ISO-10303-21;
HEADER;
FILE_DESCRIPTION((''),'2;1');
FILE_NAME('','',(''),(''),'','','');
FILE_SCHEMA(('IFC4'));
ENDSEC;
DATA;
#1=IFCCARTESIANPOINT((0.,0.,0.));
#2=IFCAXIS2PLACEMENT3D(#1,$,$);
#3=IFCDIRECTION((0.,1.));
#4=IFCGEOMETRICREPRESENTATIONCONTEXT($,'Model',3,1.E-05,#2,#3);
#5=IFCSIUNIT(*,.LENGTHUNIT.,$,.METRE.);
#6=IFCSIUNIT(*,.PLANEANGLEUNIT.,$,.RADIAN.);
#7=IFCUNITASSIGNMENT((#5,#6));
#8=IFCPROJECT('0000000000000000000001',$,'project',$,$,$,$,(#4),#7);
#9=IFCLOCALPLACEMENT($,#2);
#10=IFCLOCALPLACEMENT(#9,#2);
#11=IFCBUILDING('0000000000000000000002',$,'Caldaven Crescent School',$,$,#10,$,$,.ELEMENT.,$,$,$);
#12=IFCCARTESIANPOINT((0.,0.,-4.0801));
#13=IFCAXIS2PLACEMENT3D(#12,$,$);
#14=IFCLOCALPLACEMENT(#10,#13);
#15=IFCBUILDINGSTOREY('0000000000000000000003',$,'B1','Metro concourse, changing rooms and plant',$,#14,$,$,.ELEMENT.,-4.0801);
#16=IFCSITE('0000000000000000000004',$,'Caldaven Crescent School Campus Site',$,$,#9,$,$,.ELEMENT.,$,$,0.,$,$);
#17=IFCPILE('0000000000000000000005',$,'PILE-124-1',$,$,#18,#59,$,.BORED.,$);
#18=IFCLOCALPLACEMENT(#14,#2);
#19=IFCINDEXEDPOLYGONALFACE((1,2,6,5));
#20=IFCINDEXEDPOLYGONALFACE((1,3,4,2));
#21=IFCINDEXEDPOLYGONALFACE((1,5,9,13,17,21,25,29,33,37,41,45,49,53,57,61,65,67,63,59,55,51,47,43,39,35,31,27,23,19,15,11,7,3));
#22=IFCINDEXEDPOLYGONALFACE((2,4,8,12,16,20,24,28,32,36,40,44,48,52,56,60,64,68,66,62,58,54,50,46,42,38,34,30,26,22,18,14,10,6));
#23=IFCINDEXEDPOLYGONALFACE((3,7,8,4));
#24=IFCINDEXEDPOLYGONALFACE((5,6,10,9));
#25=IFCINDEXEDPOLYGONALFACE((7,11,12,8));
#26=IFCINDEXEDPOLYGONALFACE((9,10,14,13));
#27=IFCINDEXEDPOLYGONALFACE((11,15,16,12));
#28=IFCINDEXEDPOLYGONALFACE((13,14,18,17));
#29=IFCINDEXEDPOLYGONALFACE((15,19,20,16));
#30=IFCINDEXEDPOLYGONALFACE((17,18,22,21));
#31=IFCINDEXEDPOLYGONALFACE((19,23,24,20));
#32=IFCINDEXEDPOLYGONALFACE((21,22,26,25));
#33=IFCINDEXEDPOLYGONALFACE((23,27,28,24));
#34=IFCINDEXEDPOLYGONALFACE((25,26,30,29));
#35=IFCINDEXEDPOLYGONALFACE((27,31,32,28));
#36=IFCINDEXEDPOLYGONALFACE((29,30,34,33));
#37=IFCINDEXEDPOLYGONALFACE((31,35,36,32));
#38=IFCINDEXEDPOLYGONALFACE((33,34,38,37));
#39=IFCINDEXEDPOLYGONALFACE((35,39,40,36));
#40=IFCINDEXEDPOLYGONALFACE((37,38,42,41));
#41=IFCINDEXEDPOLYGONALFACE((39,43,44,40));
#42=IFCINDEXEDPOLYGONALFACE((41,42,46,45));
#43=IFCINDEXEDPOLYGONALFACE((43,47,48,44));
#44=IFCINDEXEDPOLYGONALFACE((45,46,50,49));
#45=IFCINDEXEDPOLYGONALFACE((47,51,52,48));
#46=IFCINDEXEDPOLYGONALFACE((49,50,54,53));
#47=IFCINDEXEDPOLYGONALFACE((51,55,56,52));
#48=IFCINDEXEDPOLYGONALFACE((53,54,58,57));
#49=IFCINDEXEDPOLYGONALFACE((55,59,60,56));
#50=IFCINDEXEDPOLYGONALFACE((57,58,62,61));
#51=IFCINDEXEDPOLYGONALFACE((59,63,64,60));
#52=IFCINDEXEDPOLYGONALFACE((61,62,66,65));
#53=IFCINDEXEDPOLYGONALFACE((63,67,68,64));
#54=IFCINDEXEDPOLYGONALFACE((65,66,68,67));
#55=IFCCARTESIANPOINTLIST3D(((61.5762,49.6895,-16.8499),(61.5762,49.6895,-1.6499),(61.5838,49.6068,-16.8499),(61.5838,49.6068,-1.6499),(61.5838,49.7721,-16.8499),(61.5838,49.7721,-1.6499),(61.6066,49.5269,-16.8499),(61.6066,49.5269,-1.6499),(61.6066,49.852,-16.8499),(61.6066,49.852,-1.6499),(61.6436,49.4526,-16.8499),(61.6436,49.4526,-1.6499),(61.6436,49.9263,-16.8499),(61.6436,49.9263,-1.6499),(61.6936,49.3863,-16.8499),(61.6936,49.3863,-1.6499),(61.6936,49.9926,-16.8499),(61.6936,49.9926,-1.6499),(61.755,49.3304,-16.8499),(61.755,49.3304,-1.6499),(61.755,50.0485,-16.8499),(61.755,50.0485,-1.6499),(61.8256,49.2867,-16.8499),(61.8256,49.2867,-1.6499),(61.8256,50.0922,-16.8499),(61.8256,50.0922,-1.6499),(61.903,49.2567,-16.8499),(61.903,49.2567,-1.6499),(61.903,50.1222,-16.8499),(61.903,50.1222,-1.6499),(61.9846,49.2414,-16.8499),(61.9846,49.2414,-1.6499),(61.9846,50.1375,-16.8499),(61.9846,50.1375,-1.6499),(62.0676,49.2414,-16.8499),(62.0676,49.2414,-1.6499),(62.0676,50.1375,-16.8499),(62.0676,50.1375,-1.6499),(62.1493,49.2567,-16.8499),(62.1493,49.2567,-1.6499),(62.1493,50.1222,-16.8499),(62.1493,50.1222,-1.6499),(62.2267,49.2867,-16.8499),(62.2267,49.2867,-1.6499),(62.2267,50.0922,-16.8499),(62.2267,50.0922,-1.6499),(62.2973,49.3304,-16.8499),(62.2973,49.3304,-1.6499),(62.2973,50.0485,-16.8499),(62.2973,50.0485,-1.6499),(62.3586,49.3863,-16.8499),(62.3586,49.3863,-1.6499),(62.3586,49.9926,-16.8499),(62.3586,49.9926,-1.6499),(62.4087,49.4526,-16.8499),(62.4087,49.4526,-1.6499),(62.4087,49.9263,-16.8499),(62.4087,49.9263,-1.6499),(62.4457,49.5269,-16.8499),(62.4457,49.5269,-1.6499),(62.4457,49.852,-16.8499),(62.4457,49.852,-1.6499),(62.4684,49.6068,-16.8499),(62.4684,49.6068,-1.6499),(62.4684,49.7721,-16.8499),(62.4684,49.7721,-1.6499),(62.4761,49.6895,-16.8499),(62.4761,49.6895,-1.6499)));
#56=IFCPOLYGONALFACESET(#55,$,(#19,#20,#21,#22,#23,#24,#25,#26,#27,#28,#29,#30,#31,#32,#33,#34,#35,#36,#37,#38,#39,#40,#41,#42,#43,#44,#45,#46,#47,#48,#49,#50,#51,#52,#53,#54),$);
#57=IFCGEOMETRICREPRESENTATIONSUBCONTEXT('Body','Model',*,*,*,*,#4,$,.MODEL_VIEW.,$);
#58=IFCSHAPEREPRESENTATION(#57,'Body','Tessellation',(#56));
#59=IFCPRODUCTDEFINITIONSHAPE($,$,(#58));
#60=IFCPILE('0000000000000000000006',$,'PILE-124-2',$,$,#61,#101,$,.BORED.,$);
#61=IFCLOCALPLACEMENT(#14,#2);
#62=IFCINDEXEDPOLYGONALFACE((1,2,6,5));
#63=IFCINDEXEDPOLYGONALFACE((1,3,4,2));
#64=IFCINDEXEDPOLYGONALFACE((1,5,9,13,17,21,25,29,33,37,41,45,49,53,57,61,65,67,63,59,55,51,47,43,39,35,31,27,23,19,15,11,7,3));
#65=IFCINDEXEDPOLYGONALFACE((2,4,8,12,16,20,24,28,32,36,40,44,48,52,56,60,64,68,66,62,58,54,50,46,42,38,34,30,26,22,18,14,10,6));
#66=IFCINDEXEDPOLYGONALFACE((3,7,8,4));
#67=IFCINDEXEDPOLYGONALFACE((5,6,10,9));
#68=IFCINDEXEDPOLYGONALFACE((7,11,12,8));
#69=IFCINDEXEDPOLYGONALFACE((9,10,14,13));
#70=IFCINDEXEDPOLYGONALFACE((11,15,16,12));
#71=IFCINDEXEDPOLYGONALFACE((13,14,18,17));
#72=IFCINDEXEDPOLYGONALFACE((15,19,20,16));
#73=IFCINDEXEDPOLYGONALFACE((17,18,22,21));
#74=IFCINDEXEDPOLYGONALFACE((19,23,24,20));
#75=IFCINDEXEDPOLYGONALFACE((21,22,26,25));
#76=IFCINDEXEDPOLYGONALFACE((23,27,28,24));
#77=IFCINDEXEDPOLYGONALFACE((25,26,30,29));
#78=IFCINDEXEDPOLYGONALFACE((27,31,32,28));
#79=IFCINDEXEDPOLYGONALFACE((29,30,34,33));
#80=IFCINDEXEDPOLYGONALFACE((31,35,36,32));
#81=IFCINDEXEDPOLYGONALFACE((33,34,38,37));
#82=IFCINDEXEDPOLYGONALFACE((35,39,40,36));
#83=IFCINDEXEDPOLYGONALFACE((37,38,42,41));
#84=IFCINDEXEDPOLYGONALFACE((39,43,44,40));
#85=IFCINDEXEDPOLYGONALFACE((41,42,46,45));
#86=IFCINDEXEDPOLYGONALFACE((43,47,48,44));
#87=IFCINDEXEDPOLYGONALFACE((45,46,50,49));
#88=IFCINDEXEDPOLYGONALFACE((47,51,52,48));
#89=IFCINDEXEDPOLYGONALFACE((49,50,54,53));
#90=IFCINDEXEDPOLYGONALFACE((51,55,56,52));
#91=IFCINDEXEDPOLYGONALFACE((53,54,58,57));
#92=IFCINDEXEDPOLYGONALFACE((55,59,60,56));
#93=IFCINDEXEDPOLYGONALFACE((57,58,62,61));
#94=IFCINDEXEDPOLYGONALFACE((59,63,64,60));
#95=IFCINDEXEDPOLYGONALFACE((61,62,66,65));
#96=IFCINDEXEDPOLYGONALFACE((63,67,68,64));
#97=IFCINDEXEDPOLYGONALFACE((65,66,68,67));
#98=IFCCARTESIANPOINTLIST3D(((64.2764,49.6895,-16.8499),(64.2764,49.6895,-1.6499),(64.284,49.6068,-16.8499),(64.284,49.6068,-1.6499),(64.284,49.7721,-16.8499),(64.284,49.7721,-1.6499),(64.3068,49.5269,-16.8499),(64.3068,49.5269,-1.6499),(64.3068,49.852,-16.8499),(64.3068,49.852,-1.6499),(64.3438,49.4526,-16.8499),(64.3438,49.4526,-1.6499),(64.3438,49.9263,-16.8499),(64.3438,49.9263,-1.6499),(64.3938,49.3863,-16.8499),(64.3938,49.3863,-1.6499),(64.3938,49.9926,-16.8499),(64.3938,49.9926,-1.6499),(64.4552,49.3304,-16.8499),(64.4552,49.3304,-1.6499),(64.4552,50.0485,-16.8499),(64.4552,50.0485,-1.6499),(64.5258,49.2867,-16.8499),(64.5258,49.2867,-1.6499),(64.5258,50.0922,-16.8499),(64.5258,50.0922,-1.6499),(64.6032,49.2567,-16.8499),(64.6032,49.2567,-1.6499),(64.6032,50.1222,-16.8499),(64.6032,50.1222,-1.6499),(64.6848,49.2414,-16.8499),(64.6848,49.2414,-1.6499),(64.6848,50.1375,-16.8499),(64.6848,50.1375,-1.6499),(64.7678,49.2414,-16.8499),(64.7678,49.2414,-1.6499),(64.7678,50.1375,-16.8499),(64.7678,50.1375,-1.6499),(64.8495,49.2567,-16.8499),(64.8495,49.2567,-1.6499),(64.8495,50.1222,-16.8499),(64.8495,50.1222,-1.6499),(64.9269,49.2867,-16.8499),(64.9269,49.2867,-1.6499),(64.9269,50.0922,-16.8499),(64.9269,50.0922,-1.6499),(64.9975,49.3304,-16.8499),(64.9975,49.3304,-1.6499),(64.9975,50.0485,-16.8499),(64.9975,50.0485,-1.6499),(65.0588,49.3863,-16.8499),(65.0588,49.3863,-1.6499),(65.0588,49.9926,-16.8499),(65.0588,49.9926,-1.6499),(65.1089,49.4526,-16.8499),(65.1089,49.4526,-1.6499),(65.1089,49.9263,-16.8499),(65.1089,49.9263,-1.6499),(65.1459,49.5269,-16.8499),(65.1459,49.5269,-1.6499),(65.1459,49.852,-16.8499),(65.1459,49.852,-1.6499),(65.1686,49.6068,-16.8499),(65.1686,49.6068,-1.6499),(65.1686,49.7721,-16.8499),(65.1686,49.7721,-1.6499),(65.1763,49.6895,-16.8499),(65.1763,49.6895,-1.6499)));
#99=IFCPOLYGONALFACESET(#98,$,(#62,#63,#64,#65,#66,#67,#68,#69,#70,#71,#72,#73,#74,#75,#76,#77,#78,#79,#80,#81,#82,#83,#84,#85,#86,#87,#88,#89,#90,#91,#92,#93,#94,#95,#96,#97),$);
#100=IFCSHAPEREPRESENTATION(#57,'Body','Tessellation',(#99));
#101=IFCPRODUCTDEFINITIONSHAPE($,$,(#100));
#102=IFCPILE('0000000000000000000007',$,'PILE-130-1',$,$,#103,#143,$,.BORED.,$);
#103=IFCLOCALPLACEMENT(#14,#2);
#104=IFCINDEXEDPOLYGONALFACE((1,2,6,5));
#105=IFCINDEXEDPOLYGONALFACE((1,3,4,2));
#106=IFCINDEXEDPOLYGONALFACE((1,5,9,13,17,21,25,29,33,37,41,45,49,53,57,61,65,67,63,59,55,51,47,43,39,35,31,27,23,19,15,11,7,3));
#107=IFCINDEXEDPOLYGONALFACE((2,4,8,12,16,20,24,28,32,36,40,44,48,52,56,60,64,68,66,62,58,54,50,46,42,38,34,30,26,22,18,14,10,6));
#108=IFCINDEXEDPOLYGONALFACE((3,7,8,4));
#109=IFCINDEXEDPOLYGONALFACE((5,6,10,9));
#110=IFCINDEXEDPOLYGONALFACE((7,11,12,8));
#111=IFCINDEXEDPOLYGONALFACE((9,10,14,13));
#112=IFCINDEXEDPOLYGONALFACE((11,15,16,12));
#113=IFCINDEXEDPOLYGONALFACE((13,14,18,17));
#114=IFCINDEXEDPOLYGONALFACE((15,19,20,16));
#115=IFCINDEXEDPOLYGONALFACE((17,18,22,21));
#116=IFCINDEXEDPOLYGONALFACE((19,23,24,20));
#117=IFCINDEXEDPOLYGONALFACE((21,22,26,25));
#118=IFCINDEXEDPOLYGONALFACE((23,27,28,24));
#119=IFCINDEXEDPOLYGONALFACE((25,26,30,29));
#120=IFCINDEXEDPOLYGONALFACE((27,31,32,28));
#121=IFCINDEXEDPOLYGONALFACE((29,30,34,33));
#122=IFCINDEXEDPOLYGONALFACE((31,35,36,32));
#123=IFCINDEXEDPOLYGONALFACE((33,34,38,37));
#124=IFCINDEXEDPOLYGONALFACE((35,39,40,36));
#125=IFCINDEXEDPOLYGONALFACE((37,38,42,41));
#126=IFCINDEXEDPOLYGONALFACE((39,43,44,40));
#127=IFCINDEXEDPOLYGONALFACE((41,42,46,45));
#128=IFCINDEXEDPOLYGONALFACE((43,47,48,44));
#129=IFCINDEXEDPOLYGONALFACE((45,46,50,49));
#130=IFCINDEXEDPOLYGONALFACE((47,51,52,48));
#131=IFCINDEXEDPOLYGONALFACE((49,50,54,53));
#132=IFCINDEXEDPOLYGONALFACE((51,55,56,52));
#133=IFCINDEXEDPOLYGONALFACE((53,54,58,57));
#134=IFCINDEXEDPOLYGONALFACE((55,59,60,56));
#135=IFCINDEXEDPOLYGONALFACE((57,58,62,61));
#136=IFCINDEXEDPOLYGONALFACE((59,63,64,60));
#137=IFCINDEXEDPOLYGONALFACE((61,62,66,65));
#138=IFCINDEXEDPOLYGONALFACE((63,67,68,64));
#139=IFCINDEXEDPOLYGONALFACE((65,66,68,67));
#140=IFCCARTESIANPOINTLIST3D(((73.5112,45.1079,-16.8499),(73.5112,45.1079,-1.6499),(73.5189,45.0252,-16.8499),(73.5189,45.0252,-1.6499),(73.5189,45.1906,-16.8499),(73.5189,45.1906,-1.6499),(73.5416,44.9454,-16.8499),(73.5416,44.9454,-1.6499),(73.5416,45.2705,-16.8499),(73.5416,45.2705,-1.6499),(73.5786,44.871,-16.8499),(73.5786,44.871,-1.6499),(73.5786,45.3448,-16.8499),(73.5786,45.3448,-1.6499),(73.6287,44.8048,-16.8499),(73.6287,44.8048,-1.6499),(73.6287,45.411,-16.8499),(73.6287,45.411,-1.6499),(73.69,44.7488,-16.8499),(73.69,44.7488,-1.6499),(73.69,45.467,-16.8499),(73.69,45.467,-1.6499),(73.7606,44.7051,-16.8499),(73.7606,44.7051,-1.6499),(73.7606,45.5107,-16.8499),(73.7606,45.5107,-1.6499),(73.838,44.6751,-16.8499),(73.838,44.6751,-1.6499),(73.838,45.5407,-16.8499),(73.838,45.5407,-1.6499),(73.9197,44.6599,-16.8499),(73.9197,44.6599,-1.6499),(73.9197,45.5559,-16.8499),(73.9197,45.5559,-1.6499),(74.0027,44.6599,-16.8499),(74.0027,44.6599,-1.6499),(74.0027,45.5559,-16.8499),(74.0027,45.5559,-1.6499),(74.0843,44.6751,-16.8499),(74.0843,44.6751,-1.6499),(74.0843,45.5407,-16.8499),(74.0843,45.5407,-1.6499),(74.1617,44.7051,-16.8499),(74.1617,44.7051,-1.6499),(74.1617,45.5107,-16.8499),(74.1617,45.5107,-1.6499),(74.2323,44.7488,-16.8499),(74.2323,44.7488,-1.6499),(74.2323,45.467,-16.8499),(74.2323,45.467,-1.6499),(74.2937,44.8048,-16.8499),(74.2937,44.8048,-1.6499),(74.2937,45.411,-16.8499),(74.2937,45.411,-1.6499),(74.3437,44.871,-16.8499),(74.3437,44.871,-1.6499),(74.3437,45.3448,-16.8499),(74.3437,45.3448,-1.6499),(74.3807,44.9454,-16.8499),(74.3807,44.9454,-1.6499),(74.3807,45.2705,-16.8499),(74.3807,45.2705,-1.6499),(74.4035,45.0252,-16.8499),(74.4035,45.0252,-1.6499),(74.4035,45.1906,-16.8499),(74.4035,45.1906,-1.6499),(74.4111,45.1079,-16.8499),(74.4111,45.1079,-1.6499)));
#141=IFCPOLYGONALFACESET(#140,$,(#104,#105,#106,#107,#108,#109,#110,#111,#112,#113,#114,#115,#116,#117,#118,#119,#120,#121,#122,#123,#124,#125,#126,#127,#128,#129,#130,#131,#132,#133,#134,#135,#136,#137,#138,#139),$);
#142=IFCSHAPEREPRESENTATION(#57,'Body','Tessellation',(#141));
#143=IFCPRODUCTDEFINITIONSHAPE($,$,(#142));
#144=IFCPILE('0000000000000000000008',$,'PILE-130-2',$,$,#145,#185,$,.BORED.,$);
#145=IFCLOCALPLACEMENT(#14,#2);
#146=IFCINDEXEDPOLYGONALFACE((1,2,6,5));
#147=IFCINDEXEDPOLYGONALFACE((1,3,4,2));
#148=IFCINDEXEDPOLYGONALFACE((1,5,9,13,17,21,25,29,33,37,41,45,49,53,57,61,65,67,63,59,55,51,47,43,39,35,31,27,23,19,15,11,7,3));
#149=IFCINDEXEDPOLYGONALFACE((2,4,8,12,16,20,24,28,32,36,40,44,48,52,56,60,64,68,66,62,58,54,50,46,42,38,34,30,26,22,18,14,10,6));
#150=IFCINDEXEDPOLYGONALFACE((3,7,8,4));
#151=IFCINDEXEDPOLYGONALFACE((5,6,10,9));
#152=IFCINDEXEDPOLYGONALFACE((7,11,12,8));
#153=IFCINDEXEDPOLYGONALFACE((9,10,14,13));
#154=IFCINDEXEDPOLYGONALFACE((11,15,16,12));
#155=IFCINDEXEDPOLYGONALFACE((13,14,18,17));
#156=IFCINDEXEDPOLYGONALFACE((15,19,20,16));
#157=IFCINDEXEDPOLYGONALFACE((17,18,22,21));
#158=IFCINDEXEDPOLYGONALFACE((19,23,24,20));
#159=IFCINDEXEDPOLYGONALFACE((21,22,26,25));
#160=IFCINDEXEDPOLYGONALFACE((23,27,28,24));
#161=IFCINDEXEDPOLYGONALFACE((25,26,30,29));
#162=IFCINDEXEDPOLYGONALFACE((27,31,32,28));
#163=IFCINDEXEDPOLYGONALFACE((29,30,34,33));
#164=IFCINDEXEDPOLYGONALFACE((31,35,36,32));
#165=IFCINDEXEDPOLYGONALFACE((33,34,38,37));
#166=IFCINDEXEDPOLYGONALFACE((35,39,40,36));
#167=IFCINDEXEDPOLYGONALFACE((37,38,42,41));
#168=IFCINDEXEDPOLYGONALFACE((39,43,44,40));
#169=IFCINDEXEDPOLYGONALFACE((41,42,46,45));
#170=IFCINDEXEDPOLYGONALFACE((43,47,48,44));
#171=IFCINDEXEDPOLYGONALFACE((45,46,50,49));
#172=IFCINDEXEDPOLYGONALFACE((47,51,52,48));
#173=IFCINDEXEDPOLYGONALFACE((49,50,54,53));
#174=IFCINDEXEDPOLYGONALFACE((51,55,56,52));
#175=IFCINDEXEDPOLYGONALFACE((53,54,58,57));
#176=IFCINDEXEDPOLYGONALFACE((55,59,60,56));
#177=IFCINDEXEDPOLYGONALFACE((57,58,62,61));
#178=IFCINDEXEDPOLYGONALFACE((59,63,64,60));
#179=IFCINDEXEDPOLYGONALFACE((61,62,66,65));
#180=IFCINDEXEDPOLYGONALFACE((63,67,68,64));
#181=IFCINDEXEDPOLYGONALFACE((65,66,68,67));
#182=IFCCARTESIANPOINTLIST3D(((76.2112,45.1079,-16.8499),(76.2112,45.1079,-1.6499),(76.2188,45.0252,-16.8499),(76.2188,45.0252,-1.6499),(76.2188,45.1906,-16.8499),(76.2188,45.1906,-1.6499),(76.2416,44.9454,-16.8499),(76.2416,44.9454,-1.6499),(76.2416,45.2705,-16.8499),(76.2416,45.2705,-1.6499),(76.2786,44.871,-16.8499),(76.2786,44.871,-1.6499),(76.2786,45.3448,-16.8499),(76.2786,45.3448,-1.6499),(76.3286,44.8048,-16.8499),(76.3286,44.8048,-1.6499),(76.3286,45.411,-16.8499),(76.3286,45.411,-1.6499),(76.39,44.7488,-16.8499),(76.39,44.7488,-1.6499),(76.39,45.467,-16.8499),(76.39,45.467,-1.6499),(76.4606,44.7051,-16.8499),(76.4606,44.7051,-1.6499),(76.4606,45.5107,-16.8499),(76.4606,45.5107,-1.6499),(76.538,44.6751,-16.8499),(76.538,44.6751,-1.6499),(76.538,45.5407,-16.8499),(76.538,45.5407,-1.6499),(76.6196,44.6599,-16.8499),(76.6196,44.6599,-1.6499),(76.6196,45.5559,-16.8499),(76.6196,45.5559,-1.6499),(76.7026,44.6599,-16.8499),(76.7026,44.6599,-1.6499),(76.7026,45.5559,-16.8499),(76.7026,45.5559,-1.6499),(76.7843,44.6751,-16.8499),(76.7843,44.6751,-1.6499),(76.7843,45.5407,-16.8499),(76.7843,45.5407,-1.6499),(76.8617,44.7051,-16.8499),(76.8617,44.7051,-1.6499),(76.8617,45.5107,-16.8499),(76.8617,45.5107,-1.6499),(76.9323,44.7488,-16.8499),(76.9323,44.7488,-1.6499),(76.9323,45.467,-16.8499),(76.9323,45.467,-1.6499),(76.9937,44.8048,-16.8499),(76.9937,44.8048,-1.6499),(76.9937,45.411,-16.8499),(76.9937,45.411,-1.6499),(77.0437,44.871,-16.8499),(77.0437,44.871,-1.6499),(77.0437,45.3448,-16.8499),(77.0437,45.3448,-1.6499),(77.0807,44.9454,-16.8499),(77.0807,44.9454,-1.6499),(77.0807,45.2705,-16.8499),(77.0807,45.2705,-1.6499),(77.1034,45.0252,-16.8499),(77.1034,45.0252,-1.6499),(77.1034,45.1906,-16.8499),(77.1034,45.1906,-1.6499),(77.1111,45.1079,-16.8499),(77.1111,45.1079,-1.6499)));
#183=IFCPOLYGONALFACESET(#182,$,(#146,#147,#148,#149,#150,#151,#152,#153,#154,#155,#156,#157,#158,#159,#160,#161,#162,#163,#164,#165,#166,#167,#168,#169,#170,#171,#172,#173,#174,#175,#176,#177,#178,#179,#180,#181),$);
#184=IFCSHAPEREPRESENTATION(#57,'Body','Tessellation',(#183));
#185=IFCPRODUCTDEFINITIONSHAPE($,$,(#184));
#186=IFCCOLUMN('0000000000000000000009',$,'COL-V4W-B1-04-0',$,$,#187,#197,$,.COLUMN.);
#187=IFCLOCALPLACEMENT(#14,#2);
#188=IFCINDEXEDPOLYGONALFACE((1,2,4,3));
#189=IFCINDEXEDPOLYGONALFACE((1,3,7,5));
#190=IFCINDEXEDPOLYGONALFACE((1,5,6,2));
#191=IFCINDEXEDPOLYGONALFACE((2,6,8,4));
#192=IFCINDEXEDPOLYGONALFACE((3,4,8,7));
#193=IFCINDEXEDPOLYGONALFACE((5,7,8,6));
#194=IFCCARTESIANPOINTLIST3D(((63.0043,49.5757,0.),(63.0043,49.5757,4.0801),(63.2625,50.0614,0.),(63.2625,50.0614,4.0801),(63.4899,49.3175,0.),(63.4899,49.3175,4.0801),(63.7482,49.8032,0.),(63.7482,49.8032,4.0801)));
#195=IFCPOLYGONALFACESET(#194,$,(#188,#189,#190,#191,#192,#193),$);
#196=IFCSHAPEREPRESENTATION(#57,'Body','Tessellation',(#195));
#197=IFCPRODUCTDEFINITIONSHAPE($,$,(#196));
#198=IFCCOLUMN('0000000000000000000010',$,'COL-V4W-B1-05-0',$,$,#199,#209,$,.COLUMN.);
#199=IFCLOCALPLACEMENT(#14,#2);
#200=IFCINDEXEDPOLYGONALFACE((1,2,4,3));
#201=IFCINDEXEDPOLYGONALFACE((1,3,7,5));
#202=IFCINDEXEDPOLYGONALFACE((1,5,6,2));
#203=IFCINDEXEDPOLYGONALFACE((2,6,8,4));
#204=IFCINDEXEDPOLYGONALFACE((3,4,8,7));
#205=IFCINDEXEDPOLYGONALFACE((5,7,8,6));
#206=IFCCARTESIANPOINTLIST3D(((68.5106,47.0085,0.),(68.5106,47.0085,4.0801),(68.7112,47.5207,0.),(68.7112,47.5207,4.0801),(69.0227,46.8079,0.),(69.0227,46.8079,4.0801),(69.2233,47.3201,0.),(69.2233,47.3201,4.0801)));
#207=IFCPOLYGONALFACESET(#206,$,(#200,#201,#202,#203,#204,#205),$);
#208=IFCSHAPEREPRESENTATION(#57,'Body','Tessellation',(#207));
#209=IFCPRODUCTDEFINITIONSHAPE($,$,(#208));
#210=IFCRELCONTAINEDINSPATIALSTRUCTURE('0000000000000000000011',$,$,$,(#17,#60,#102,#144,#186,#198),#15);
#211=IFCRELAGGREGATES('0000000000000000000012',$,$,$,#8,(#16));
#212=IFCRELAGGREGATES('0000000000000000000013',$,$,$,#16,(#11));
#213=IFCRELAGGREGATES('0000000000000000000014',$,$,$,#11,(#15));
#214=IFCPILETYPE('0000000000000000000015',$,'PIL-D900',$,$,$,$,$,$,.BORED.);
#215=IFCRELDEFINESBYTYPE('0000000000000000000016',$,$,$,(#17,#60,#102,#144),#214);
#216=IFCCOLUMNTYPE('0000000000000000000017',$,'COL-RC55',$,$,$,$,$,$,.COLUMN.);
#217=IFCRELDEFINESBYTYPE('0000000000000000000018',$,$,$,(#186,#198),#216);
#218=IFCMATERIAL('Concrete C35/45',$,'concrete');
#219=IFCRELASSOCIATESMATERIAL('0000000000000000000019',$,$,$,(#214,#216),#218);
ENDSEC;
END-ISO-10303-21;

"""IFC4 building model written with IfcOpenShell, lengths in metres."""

from ifc_helpers import new_model, si_unit, direction, frame, origin, origin_2d, place, context, subcontext, project, spatial, rectangle, circle, extrude, material, material_profile, profile_set, type_object, element, save


model = new_model("IFC4")

# Units and contexts
model_context = context("Model", 3, precision=1e-05, world=origin(), true_north=direction((0.0, 1.0)))
body_context = subcontext(model_context, "Body", "Model", "MODEL_VIEW")
ifc_project = project(units=[si_unit("LENGTHUNIT", "METRE"), si_unit("PLANEANGLEUNIT", "RADIAN")], contexts=[model_context])

# Site, building, storey
site_placement = place(None, origin())
site = spatial("IfcSite", under=ifc_project, at=site_placement, Name="Caldaven Crescent School Campus Site", CompositionType="ELEMENT", RefElevation=0.0)
building_placement = place(site_placement, origin())
building = spatial("IfcBuilding", under=site, at=building_placement, Name="Caldaven Crescent School", CompositionType="ELEMENT")
storey_placement = place(building_placement, frame((0.0, 0.0, -4.0801)))
storey = spatial("IfcBuildingStorey", under=building, at=storey_placement, Name="B1", Description="Metro concourse, changing rooms and plant", CompositionType="ELEMENT", Elevation=-4.0801)

# Shared definitions
ifc_material_1 = material(Name="Concrete C35/45", Category="concrete")

# Piles
ifc_material_profile_1 = material_profile(ifc_material_1, circle(Radius=0.45, at=origin_2d()), Name="PILE D900")
ifc_profile_set_1 = profile_set([ifc_material_profile_1], Name="Concrete C35/45")
pile_type_1 = type_object("IfcPileType", Name="PIL-D900", PredefinedType="BORED", material=ifc_profile_set_1)
for number, where, z_axis, x_axis, name in (
    (1, (62.0261, 49.6895, -1.6499), (0.0, 0.0, -1.0), (1.0, 0.0, 0.0), "PILE-124-1"),
    (2, (64.7263, 49.6895, -1.6499), (0.0, 0.0, -1.0), (1.0, 0.0, 0.0), "PILE-124-2"),
    (3, (73.9612, 45.1079, -1.6499), (0.0, 0.0, -1.0), (1.0, 0.0, 0.0), "PILE-130-1"),
    (4, (76.6611, 45.1079, -1.6499), (0.0, 0.0, -1.0), (1.0, 0.0, 0.0), "PILE-130-2"),
):
    element("IfcPile", number, at=place(storey_placement, frame(where, z_axis=z_axis, x_axis=x_axis)), inside=storey, type_object=pile_type_1, Name=name, PredefinedType="BORED", context=body_context, shape_type="SweptSolid", body=[
        extrude(circle(Radius=0.45, at=origin_2d()), origin(), (0.0, 0.0, 1.0), 15.2),
    ])

# Columns
ifc_material_profile_2 = material_profile(ifc_material_1, rectangle(XDim=0.55, YDim=0.55, at=origin_2d()), Name="RC 550x550")
ifc_profile_set_2 = profile_set([ifc_material_profile_2], Name="Concrete C35/45")
column_type_1 = type_object("IfcColumnType", Name="COL-RC55", PredefinedType="COLUMN", material=ifc_profile_set_2)
for number, where, z_axis, x_axis, name in (
    (5, (63.3762, 49.6895, 0.0), (0.0, 0.0, 1.0), (-0.469472, -0.882948, 0.0), "COL-V4W-B1-04-0"),
    (6, (68.8669, 47.1643, 0.0), (0.0, 0.0, 1.0), (-0.364714, -0.931119, 0.0), "COL-V4W-B1-05-0"),
):
    element("IfcColumn", number, at=place(storey_placement, frame(where, z_axis=z_axis, x_axis=x_axis)), inside=storey, type_object=column_type_1, Name=name, PredefinedType="COLUMN", context=body_context, shape_type="SweptSolid", body=[
        extrude(rectangle(XDim=0.55, YDim=0.55, at=origin_2d()), origin(), (0.0, 0.0, 1.0), 4.0801),
    ])

save(model, "model.ifc")
